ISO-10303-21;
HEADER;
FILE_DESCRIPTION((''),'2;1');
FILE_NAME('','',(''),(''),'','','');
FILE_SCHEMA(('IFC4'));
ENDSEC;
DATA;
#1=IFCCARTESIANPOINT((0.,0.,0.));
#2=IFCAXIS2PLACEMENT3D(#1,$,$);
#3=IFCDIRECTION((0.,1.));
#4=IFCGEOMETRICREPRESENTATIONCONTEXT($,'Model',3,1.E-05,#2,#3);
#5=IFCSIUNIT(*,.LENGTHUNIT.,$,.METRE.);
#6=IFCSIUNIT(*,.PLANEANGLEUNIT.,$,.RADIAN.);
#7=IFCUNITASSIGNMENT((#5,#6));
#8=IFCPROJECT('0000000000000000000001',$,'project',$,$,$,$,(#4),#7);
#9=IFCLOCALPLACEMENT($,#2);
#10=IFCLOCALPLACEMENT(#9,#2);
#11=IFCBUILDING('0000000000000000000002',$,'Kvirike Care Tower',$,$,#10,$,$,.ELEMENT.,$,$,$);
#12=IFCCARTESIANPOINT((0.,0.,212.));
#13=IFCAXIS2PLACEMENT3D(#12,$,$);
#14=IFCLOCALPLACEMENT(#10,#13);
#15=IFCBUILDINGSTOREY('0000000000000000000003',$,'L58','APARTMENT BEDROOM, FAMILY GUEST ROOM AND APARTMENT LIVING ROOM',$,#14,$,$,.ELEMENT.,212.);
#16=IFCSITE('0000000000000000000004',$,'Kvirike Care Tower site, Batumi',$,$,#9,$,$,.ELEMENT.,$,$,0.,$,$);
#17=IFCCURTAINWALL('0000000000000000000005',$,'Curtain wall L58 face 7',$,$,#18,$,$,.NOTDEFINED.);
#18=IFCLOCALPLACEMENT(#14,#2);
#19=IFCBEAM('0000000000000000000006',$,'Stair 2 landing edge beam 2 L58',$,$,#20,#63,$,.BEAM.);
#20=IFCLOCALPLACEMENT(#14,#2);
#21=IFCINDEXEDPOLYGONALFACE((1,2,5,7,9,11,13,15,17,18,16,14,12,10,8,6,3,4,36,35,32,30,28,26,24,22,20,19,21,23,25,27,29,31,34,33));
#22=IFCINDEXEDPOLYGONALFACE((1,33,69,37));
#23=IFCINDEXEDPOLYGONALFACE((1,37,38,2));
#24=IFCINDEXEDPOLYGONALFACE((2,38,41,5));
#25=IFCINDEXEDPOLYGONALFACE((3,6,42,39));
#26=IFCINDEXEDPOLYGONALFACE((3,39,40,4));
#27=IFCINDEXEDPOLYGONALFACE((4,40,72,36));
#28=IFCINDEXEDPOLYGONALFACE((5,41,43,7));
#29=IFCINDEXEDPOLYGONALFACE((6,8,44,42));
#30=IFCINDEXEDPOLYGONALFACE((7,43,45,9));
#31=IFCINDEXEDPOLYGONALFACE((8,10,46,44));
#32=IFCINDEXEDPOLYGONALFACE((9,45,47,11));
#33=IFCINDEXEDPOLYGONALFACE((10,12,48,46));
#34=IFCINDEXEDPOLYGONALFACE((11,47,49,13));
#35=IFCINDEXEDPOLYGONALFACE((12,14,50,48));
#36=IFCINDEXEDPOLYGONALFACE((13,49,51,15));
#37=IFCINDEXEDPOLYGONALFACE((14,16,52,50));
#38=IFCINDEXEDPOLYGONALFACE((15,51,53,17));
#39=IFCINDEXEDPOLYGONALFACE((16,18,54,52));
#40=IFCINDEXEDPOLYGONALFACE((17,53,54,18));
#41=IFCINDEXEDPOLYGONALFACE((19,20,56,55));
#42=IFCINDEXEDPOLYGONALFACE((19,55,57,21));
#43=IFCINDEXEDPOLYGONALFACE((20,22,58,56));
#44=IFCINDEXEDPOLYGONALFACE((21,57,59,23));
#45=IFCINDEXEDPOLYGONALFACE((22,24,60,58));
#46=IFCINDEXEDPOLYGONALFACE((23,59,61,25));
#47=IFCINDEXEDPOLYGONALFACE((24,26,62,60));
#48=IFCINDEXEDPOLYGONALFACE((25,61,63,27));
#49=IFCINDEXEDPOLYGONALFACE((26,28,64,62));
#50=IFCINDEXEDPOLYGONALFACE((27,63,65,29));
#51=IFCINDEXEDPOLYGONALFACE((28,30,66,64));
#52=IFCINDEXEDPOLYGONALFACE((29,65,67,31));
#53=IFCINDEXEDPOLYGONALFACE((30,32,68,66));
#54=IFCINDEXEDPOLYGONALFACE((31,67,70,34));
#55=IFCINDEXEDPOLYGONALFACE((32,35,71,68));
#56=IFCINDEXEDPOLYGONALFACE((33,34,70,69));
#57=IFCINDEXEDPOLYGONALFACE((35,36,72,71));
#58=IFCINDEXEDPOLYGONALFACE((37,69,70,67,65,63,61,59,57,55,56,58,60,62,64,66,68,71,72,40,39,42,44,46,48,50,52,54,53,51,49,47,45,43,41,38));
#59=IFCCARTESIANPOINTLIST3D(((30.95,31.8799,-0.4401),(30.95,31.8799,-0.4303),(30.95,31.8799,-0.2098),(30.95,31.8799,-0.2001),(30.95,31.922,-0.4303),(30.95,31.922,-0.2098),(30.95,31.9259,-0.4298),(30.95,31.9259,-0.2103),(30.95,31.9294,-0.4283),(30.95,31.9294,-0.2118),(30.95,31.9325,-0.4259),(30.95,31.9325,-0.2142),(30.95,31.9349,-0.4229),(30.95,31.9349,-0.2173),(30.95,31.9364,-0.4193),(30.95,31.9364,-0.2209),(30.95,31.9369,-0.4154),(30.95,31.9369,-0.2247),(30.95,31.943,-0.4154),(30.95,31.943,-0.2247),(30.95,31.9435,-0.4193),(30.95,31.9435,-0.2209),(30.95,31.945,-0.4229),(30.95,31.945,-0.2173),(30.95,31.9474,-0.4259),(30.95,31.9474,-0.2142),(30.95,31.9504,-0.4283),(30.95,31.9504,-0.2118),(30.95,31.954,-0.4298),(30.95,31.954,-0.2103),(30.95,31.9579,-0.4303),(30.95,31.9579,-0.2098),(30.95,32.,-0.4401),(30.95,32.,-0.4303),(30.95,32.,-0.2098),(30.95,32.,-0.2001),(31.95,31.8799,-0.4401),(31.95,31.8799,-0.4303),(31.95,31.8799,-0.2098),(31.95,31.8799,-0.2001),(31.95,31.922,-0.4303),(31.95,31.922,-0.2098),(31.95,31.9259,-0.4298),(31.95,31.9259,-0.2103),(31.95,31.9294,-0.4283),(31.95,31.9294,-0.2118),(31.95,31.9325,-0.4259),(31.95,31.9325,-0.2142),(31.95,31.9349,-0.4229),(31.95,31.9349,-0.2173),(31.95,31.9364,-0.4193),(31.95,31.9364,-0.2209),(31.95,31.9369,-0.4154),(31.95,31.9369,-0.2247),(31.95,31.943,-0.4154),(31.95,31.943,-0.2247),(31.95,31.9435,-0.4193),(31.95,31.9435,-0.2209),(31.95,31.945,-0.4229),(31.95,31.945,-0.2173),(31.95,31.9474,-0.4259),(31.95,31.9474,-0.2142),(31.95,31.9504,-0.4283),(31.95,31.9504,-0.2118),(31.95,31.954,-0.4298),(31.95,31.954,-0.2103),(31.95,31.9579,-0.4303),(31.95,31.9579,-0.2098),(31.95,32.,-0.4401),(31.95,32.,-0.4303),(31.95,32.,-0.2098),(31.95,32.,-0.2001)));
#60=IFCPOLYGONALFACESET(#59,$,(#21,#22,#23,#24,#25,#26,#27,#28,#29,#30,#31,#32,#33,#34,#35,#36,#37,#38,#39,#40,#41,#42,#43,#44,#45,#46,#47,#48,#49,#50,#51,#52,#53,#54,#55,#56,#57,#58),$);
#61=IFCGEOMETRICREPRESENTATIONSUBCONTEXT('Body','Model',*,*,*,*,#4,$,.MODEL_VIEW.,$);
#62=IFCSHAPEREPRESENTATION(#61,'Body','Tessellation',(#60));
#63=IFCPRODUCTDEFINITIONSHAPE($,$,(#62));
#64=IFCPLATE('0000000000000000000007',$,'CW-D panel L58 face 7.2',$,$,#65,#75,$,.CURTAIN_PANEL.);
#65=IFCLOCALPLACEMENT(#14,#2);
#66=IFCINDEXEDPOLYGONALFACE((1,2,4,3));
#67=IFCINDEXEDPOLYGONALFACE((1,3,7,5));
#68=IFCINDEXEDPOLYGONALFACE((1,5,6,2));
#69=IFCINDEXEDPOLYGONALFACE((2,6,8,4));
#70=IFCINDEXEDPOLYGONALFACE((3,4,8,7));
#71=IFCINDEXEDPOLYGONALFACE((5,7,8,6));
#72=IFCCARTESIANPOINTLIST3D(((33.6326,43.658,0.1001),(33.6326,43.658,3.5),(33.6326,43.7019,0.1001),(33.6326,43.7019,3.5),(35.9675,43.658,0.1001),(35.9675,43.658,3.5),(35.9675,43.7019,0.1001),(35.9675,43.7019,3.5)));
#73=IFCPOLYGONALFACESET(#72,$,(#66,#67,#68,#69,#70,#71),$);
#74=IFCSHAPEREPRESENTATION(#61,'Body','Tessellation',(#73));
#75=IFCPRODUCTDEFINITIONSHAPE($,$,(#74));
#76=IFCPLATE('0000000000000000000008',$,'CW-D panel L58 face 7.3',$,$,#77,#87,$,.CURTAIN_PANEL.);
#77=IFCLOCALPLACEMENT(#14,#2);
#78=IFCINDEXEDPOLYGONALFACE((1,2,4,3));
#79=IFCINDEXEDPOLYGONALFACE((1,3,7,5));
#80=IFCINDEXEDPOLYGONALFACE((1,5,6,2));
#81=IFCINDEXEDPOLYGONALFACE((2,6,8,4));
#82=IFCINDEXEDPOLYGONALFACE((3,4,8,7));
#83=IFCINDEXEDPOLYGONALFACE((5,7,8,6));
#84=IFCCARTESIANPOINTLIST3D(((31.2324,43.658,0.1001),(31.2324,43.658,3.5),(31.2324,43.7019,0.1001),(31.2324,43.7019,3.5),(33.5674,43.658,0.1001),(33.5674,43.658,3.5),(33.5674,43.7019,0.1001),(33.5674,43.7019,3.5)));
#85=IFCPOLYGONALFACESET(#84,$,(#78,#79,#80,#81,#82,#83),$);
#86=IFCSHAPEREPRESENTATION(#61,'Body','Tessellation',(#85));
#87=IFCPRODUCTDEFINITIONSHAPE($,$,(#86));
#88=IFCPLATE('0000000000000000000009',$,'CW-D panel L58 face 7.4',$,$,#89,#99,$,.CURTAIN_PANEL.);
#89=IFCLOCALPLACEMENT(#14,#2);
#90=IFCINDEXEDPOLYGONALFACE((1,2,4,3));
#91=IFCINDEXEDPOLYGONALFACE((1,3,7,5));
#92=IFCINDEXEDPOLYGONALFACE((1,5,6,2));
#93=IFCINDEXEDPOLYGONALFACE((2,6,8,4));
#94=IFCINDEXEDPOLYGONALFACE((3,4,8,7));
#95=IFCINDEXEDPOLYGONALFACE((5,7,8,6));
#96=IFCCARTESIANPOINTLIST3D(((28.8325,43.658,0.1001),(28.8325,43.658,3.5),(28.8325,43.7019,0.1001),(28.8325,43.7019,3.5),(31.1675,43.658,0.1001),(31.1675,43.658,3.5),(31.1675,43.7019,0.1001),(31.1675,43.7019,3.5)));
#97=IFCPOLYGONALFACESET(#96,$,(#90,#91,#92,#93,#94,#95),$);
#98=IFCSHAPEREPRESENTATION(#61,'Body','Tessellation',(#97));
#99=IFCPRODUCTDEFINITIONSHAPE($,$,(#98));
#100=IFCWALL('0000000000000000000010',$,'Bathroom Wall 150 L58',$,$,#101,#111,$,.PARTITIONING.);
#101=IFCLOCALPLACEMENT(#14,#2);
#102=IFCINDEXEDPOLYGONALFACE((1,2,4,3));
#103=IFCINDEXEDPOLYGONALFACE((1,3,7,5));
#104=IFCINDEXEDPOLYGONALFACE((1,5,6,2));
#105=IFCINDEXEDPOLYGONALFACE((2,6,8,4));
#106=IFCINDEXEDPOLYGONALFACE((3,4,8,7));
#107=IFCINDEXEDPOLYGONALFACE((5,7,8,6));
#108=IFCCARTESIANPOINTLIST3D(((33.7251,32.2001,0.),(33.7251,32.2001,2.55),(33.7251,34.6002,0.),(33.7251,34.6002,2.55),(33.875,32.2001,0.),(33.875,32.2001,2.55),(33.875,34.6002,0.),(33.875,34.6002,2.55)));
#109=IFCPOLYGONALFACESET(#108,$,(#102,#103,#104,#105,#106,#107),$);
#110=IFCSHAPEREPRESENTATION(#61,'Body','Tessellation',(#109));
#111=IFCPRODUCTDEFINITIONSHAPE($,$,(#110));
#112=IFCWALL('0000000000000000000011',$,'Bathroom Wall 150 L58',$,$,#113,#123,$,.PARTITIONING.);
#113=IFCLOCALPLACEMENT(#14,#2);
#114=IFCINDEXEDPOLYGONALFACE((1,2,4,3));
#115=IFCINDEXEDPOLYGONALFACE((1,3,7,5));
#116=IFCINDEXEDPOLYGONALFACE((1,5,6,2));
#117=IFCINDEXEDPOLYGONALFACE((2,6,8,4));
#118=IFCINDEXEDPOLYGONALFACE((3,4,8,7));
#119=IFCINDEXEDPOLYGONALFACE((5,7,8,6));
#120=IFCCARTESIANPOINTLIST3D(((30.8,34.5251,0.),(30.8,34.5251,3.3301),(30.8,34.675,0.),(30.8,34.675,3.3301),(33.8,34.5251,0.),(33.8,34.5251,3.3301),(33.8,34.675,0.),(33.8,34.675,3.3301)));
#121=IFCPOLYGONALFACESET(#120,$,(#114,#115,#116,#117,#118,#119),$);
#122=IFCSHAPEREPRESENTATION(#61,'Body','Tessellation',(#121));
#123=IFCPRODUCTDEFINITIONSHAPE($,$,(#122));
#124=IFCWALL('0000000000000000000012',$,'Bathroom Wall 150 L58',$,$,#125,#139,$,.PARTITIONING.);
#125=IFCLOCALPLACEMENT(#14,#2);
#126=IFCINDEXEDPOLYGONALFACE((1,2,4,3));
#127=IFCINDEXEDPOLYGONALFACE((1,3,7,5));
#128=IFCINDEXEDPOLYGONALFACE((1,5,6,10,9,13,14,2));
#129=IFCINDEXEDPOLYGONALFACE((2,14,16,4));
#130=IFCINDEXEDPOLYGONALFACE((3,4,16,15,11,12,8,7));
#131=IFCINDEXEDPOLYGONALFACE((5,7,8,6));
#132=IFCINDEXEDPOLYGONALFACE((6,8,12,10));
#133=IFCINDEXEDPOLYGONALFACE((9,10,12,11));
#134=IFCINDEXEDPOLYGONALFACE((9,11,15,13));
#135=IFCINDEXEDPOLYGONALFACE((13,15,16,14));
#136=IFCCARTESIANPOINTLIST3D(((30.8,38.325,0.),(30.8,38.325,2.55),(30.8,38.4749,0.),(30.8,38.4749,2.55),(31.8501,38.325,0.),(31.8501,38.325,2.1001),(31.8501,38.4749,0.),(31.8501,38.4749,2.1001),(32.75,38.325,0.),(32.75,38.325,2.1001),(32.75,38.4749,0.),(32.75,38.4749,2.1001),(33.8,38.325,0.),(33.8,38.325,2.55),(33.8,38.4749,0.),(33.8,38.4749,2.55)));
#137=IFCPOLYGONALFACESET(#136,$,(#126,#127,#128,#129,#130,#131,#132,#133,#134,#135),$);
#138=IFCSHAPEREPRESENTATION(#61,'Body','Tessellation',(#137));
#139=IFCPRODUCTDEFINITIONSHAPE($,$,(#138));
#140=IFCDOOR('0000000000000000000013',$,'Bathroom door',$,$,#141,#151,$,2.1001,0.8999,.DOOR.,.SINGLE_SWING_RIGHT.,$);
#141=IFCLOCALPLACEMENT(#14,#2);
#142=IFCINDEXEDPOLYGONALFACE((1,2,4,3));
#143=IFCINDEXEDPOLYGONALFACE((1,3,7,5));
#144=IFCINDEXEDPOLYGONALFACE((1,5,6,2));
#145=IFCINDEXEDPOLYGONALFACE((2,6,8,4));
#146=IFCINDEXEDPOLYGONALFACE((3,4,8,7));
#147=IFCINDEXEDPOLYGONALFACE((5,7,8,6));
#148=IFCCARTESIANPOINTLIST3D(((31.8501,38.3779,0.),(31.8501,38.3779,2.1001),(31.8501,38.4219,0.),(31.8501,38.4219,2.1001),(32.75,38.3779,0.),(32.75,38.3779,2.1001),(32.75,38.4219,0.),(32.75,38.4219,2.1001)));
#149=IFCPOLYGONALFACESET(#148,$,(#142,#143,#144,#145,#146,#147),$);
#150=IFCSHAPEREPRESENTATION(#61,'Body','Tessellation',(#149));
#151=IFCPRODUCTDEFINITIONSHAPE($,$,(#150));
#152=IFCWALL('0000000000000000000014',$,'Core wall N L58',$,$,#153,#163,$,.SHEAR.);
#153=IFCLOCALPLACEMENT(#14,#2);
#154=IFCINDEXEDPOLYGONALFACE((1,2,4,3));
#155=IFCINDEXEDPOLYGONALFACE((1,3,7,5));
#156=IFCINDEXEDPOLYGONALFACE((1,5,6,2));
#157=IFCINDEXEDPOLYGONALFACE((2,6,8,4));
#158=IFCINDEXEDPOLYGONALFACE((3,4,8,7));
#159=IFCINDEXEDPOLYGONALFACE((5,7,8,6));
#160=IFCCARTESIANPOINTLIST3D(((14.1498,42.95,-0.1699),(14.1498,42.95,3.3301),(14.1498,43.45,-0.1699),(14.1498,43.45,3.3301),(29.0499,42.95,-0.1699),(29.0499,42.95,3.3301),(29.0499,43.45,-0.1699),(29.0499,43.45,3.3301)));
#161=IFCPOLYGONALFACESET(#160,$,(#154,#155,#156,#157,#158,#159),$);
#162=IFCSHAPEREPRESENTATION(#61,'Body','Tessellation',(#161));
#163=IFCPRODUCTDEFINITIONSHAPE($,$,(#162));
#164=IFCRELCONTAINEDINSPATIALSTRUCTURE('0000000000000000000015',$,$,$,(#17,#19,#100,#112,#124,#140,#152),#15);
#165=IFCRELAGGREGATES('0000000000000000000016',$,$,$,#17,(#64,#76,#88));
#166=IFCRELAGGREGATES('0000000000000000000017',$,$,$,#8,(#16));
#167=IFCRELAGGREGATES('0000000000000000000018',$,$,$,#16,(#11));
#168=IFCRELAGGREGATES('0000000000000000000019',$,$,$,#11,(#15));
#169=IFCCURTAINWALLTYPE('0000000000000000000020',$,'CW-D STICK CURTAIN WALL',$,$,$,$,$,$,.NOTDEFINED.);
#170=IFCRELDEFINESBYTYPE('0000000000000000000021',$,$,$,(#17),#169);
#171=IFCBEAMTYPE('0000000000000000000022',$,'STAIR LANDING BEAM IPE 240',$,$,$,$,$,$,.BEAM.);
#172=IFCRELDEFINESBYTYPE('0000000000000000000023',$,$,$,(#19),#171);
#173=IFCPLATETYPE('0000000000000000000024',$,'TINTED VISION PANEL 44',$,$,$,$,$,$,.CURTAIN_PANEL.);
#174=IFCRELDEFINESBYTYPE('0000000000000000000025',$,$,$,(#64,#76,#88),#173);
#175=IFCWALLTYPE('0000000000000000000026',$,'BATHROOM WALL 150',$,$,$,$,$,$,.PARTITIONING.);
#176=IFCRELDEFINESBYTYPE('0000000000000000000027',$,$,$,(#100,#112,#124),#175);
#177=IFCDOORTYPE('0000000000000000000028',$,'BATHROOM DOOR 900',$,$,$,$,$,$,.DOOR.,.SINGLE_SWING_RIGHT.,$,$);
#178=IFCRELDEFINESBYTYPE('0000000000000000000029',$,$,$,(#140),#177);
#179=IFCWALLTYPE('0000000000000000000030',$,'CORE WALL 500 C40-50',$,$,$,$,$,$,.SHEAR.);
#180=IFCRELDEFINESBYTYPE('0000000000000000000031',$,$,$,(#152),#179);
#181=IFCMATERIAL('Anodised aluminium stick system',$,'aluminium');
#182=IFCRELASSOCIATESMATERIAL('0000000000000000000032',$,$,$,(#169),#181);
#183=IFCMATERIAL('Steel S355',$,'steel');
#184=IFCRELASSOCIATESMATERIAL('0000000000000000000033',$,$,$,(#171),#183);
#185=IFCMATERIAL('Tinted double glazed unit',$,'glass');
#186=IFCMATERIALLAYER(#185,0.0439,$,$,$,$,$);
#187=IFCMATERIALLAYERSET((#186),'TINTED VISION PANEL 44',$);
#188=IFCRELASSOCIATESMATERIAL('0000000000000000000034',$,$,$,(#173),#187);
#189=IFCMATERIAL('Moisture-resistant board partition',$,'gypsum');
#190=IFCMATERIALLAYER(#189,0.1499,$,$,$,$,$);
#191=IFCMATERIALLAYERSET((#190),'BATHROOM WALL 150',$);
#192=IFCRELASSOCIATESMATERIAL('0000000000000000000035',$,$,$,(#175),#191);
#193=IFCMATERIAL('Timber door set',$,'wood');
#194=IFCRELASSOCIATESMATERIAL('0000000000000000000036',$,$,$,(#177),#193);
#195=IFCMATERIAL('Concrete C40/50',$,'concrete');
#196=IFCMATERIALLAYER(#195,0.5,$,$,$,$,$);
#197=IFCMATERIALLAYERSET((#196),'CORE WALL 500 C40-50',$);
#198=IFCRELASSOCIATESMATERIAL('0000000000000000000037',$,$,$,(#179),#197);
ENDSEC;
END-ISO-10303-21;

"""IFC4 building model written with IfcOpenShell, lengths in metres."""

from ifc_helpers import new_model, si_unit, direction, frame, frame_2d, origin, origin_2d, place, context, subcontext, project, spatial, rectangle, i_section, extrude, material, layer, layer_set, material_profile, profile_set, type_object, element, fill, aggregate, save


model = new_model("IFC4")

# Units and contexts
model_context = context("Model", 3, precision=1e-05, world=origin(), true_north=direction((0.0, 1.0)))
body_context = subcontext(model_context, "Body", "Model", "MODEL_VIEW")
ifc_project = project(units=[si_unit("LENGTHUNIT", "METRE"), si_unit("PLANEANGLEUNIT", "RADIAN")], contexts=[model_context])

# Site, building, storey
site_placement = place(None, origin())
site = spatial("IfcSite", under=ifc_project, at=site_placement, Name="Kvirike Care Tower site, Batumi", CompositionType="ELEMENT", RefElevation=0.0)
building_placement = place(site_placement, origin())
building = spatial("IfcBuilding", under=site, at=building_placement, Name="Kvirike Care Tower", CompositionType="ELEMENT")
storey_placement = place(building_placement, frame((0.0, 0.0, 212.0)))
storey = spatial("IfcBuildingStorey", under=building, at=storey_placement, Name="L58", Description="APARTMENT BEDROOM, FAMILY GUEST ROOM AND APARTMENT LIVING ROOM", CompositionType="ELEMENT", Elevation=212.0)

# Curtain wall
ifc_material_1 = material(Name="Anodised aluminium stick system", Category="aluminium")
curtain_wall_type = type_object("IfcCurtainWallType", Name="CW-D STICK CURTAIN WALL", PredefinedType="NOTDEFINED", material=ifc_material_1)
curtain_wall_placement = place(storey_placement, origin())
curtain_wall = element("IfcCurtainWall", 1, at=curtain_wall_placement, inside=storey, type_object=curtain_wall_type, Name="Curtain wall L58 face 7", PredefinedType="NOTDEFINED")

# Beam
ifc_material_2 = material(Name="Steel S355", Category="steel")
ifc_material_profile_1 = material_profile(ifc_material_2, i_section(OverallWidth=0.1201, OverallDepth=0.24, WebThickness=0.0061, FlangeThickness=0.0098, FilletRadius=0.0149, at=origin_2d()), Name="IPE 240")
ifc_profile_set_1 = profile_set([ifc_material_profile_1], Name="Steel S355")
beam_type_1 = type_object("IfcBeamType", Name="STAIR LANDING BEAM IPE 240", PredefinedType="BEAM", material=ifc_profile_set_1)
beam_1_placement = place(storey_placement, frame((31.95, 31.9399, -0.3201), z_axis=(-1.0, 0.0, 0.0), x_axis=(0.0, -1.0, 0.0)))
element("IfcBeam", 2, at=beam_1_placement, inside=storey, type_object=beam_type_1, Name="Stair 2 landing edge beam 2 L58", PredefinedType="BEAM", context=body_context, shape_type="SweptSolid", body=[
    extrude(i_section(OverallWidth=0.1201, OverallDepth=0.24, WebThickness=0.0061, FlangeThickness=0.0098, FilletRadius=0.0149, at=origin_2d()), origin(), (0.0, 0.0, 1.0), 1.0),
])

# Plates
ifc_material_3 = material(Name="Tinted double glazed unit", Category="glass")
ifc_layer_1 = layer(ifc_material_3, 0.0439)
ifc_layer_set_1 = layer_set([ifc_layer_1], Name="TINTED VISION PANEL 44")
plate_type = type_object("IfcPlateType", Name="TINTED VISION PANEL 44", PredefinedType="CURTAIN_PANEL", material=ifc_layer_set_1)
plate_1_placement = place(storey_placement, frame((34.8, 43.6799, 0.1001), z_axis=(0.0, 0.0, 1.0), x_axis=(-1.0, 0.0, 0.0)))
plate_1 = element("IfcPlate", 3, at=plate_1_placement, type_object=plate_type, Name="CW-D panel L58 face 7.2", PredefinedType="CURTAIN_PANEL", context=body_context, shape_type="SweptSolid", body=[
    extrude(rectangle(XDim=2.335, YDim=0.0439, at=origin_2d()), origin(), (0.0, 0.0, 1.0), 3.3999),
])
plate_2_placement = place(storey_placement, frame((32.3999, 43.6799, 0.1001), z_axis=(0.0, 0.0, 1.0), x_axis=(-1.0, 0.0, 0.0)))
plate_2 = element("IfcPlate", 4, at=plate_2_placement, type_object=plate_type, Name="CW-D panel L58 face 7.3", PredefinedType="CURTAIN_PANEL", context=body_context, shape_type="SweptSolid", body=[
    extrude(rectangle(XDim=2.335, YDim=0.0439, at=origin_2d()), origin(), (0.0, 0.0, 1.0), 3.3999),
])
plate_3_placement = place(storey_placement, frame((30.0, 43.6799, 0.1001), z_axis=(0.0, 0.0, 1.0), x_axis=(-1.0, 0.0, 0.0)))
plate_3 = element("IfcPlate", 5, at=plate_3_placement, type_object=plate_type, Name="CW-D panel L58 face 7.4", PredefinedType="CURTAIN_PANEL", context=body_context, shape_type="SweptSolid", body=[
    extrude(rectangle(XDim=2.335, YDim=0.0439, at=origin_2d()), origin(), (0.0, 0.0, 1.0), 3.3999),
])
aggregate(curtain_wall, [plate_1, plate_2, plate_3])

# Walls
ifc_material_4 = material(Name="Moisture-resistant board partition", Category="gypsum")
ifc_layer_2 = layer(ifc_material_4, 0.1499)
ifc_layer_set_2 = layer_set([ifc_layer_2], Name="BATHROOM WALL 150")
wall_type_1 = type_object("IfcWallType", Name="BATHROOM WALL 150", PredefinedType="PARTITIONING", material=ifc_layer_set_2)
wall_1_placement = place(storey_placement, frame((33.8, 32.2, 0.0), z_axis=(0.0, 0.0, 1.0), x_axis=(0.0, 1.0, 0.0)))
element("IfcWall", 6, at=wall_1_placement, inside=storey, type_object=wall_type_1, Name="Bathroom Wall 150 L58", PredefinedType="PARTITIONING", context=body_context, shape_type="SweptSolid", body=[
    extrude(rectangle(XDim=2.4001, YDim=0.1499, at=frame_2d((1.2002, 0.0))), origin(), (0.0, 0.0, 1.0), 2.55),
])
wall_2_placement = place(storey_placement, frame((33.8, 34.6001, 0.0), z_axis=(0.0, 0.0, 1.0), x_axis=(-1.0, 0.0, 0.0)))
element("IfcWall", 7, at=wall_2_placement, inside=storey, type_object=wall_type_1, Name="Bathroom Wall 150 L58", PredefinedType="PARTITIONING", context=body_context, shape_type="SweptSolid", body=[
    extrude(rectangle(XDim=3.0, YDim=0.1499, at=frame_2d((1.5, 0.0))), origin(), (0.0, 0.0, 1.0), 3.3301),
])

# Wall, opening, door
wall_3_placement = place(storey_placement, frame((33.8, 38.3999, 0.0), z_axis=(0.0, 0.0, 1.0), x_axis=(-1.0, 0.0, 0.0)))
wall_3 = element("IfcWall", 8, at=wall_3_placement, inside=storey, type_object=wall_type_1, Name="Bathroom Wall 150 L58", PredefinedType="PARTITIONING", context=body_context, shape_type="SweptSolid", body=[
    extrude(rectangle(XDim=3.0, YDim=0.1499, at=frame_2d((1.5, 0.0))), origin(), (0.0, 0.0, 1.0), 2.55),
])
opening_1_placement = place(wall_3_placement, frame((1.05, 0.0, 0.0)))
opening_1 = element("IfcOpeningElement", 9, at=opening_1_placement, cuts=wall_3, PredefinedType="OPENING", context=body_context, shape_type="SweptSolid", body=[
    extrude(rectangle(XDim=0.8999, YDim=2.1001, at=frame_2d((0.45, 1.05))), frame((0.0, 0.0854, 0.0), z_axis=(0.0, -1.0, 0.0), x_axis=(1.0, 0.0, 0.0)), (0.0, 0.0, 1.0), 0.1709),
])
ifc_material_5 = material(Name="Timber door set", Category="wood")
door_type_1 = type_object("IfcDoorType", Name="BATHROOM DOOR 900", OperationType="SINGLE_SWING_RIGHT", PredefinedType="DOOR", material=ifc_material_5)
door_1_placement = place(opening_1_placement, frame((0.8999, 0.0, 0.0), z_axis=(0.0, 0.0, 1.0), x_axis=(-1.0, 0.0, 0.0)))
door_1 = element("IfcDoor", 10, at=door_1_placement, inside=storey, type_object=door_type_1, Name="Bathroom door", OperationType="SINGLE_SWING_RIGHT", OverallHeight=2.1001, OverallWidth=0.8999, PredefinedType="DOOR", context=body_context, shape_type="SweptSolid", body=[
    extrude(rectangle(XDim=0.8999, YDim=2.1001, at=frame_2d((0.45, 1.05))), frame((0.0, 0.022, 0.0), z_axis=(0.0, -1.0, 0.0), x_axis=(1.0, 0.0, 0.0)), (0.0, 0.0, 1.0), 0.0439),
])
fill(opening_1, door_1)

# Wall
ifc_material_6 = material(Name="Concrete C40/50", Category="concrete")
ifc_layer_3 = layer(ifc_material_6, 0.5)
ifc_layer_set_3 = layer_set([ifc_layer_3], Name="CORE WALL 500 C40-50")
wall_type_2 = type_object("IfcWallType", Name="CORE WALL 500 C40-50", PredefinedType="SHEAR", material=ifc_layer_set_3)
wall_4_placement = place(storey_placement, frame((29.05, 43.2, -0.1699), z_axis=(0.0, 0.0, 1.0), x_axis=(-1.0, 0.0, 0.0)))
element("IfcWall", 11, at=wall_4_placement, inside=storey, type_object=wall_type_2, Name="Core wall N L58", PredefinedType="SHEAR", context=body_context, shape_type="SweptSolid", body=[
    extrude(rectangle(XDim=14.9001, YDim=0.5, at=frame_2d((7.4502, 0.0))), origin(), (0.0, 0.0, 1.0), 3.5),
])

save(model, "model.ifc")
